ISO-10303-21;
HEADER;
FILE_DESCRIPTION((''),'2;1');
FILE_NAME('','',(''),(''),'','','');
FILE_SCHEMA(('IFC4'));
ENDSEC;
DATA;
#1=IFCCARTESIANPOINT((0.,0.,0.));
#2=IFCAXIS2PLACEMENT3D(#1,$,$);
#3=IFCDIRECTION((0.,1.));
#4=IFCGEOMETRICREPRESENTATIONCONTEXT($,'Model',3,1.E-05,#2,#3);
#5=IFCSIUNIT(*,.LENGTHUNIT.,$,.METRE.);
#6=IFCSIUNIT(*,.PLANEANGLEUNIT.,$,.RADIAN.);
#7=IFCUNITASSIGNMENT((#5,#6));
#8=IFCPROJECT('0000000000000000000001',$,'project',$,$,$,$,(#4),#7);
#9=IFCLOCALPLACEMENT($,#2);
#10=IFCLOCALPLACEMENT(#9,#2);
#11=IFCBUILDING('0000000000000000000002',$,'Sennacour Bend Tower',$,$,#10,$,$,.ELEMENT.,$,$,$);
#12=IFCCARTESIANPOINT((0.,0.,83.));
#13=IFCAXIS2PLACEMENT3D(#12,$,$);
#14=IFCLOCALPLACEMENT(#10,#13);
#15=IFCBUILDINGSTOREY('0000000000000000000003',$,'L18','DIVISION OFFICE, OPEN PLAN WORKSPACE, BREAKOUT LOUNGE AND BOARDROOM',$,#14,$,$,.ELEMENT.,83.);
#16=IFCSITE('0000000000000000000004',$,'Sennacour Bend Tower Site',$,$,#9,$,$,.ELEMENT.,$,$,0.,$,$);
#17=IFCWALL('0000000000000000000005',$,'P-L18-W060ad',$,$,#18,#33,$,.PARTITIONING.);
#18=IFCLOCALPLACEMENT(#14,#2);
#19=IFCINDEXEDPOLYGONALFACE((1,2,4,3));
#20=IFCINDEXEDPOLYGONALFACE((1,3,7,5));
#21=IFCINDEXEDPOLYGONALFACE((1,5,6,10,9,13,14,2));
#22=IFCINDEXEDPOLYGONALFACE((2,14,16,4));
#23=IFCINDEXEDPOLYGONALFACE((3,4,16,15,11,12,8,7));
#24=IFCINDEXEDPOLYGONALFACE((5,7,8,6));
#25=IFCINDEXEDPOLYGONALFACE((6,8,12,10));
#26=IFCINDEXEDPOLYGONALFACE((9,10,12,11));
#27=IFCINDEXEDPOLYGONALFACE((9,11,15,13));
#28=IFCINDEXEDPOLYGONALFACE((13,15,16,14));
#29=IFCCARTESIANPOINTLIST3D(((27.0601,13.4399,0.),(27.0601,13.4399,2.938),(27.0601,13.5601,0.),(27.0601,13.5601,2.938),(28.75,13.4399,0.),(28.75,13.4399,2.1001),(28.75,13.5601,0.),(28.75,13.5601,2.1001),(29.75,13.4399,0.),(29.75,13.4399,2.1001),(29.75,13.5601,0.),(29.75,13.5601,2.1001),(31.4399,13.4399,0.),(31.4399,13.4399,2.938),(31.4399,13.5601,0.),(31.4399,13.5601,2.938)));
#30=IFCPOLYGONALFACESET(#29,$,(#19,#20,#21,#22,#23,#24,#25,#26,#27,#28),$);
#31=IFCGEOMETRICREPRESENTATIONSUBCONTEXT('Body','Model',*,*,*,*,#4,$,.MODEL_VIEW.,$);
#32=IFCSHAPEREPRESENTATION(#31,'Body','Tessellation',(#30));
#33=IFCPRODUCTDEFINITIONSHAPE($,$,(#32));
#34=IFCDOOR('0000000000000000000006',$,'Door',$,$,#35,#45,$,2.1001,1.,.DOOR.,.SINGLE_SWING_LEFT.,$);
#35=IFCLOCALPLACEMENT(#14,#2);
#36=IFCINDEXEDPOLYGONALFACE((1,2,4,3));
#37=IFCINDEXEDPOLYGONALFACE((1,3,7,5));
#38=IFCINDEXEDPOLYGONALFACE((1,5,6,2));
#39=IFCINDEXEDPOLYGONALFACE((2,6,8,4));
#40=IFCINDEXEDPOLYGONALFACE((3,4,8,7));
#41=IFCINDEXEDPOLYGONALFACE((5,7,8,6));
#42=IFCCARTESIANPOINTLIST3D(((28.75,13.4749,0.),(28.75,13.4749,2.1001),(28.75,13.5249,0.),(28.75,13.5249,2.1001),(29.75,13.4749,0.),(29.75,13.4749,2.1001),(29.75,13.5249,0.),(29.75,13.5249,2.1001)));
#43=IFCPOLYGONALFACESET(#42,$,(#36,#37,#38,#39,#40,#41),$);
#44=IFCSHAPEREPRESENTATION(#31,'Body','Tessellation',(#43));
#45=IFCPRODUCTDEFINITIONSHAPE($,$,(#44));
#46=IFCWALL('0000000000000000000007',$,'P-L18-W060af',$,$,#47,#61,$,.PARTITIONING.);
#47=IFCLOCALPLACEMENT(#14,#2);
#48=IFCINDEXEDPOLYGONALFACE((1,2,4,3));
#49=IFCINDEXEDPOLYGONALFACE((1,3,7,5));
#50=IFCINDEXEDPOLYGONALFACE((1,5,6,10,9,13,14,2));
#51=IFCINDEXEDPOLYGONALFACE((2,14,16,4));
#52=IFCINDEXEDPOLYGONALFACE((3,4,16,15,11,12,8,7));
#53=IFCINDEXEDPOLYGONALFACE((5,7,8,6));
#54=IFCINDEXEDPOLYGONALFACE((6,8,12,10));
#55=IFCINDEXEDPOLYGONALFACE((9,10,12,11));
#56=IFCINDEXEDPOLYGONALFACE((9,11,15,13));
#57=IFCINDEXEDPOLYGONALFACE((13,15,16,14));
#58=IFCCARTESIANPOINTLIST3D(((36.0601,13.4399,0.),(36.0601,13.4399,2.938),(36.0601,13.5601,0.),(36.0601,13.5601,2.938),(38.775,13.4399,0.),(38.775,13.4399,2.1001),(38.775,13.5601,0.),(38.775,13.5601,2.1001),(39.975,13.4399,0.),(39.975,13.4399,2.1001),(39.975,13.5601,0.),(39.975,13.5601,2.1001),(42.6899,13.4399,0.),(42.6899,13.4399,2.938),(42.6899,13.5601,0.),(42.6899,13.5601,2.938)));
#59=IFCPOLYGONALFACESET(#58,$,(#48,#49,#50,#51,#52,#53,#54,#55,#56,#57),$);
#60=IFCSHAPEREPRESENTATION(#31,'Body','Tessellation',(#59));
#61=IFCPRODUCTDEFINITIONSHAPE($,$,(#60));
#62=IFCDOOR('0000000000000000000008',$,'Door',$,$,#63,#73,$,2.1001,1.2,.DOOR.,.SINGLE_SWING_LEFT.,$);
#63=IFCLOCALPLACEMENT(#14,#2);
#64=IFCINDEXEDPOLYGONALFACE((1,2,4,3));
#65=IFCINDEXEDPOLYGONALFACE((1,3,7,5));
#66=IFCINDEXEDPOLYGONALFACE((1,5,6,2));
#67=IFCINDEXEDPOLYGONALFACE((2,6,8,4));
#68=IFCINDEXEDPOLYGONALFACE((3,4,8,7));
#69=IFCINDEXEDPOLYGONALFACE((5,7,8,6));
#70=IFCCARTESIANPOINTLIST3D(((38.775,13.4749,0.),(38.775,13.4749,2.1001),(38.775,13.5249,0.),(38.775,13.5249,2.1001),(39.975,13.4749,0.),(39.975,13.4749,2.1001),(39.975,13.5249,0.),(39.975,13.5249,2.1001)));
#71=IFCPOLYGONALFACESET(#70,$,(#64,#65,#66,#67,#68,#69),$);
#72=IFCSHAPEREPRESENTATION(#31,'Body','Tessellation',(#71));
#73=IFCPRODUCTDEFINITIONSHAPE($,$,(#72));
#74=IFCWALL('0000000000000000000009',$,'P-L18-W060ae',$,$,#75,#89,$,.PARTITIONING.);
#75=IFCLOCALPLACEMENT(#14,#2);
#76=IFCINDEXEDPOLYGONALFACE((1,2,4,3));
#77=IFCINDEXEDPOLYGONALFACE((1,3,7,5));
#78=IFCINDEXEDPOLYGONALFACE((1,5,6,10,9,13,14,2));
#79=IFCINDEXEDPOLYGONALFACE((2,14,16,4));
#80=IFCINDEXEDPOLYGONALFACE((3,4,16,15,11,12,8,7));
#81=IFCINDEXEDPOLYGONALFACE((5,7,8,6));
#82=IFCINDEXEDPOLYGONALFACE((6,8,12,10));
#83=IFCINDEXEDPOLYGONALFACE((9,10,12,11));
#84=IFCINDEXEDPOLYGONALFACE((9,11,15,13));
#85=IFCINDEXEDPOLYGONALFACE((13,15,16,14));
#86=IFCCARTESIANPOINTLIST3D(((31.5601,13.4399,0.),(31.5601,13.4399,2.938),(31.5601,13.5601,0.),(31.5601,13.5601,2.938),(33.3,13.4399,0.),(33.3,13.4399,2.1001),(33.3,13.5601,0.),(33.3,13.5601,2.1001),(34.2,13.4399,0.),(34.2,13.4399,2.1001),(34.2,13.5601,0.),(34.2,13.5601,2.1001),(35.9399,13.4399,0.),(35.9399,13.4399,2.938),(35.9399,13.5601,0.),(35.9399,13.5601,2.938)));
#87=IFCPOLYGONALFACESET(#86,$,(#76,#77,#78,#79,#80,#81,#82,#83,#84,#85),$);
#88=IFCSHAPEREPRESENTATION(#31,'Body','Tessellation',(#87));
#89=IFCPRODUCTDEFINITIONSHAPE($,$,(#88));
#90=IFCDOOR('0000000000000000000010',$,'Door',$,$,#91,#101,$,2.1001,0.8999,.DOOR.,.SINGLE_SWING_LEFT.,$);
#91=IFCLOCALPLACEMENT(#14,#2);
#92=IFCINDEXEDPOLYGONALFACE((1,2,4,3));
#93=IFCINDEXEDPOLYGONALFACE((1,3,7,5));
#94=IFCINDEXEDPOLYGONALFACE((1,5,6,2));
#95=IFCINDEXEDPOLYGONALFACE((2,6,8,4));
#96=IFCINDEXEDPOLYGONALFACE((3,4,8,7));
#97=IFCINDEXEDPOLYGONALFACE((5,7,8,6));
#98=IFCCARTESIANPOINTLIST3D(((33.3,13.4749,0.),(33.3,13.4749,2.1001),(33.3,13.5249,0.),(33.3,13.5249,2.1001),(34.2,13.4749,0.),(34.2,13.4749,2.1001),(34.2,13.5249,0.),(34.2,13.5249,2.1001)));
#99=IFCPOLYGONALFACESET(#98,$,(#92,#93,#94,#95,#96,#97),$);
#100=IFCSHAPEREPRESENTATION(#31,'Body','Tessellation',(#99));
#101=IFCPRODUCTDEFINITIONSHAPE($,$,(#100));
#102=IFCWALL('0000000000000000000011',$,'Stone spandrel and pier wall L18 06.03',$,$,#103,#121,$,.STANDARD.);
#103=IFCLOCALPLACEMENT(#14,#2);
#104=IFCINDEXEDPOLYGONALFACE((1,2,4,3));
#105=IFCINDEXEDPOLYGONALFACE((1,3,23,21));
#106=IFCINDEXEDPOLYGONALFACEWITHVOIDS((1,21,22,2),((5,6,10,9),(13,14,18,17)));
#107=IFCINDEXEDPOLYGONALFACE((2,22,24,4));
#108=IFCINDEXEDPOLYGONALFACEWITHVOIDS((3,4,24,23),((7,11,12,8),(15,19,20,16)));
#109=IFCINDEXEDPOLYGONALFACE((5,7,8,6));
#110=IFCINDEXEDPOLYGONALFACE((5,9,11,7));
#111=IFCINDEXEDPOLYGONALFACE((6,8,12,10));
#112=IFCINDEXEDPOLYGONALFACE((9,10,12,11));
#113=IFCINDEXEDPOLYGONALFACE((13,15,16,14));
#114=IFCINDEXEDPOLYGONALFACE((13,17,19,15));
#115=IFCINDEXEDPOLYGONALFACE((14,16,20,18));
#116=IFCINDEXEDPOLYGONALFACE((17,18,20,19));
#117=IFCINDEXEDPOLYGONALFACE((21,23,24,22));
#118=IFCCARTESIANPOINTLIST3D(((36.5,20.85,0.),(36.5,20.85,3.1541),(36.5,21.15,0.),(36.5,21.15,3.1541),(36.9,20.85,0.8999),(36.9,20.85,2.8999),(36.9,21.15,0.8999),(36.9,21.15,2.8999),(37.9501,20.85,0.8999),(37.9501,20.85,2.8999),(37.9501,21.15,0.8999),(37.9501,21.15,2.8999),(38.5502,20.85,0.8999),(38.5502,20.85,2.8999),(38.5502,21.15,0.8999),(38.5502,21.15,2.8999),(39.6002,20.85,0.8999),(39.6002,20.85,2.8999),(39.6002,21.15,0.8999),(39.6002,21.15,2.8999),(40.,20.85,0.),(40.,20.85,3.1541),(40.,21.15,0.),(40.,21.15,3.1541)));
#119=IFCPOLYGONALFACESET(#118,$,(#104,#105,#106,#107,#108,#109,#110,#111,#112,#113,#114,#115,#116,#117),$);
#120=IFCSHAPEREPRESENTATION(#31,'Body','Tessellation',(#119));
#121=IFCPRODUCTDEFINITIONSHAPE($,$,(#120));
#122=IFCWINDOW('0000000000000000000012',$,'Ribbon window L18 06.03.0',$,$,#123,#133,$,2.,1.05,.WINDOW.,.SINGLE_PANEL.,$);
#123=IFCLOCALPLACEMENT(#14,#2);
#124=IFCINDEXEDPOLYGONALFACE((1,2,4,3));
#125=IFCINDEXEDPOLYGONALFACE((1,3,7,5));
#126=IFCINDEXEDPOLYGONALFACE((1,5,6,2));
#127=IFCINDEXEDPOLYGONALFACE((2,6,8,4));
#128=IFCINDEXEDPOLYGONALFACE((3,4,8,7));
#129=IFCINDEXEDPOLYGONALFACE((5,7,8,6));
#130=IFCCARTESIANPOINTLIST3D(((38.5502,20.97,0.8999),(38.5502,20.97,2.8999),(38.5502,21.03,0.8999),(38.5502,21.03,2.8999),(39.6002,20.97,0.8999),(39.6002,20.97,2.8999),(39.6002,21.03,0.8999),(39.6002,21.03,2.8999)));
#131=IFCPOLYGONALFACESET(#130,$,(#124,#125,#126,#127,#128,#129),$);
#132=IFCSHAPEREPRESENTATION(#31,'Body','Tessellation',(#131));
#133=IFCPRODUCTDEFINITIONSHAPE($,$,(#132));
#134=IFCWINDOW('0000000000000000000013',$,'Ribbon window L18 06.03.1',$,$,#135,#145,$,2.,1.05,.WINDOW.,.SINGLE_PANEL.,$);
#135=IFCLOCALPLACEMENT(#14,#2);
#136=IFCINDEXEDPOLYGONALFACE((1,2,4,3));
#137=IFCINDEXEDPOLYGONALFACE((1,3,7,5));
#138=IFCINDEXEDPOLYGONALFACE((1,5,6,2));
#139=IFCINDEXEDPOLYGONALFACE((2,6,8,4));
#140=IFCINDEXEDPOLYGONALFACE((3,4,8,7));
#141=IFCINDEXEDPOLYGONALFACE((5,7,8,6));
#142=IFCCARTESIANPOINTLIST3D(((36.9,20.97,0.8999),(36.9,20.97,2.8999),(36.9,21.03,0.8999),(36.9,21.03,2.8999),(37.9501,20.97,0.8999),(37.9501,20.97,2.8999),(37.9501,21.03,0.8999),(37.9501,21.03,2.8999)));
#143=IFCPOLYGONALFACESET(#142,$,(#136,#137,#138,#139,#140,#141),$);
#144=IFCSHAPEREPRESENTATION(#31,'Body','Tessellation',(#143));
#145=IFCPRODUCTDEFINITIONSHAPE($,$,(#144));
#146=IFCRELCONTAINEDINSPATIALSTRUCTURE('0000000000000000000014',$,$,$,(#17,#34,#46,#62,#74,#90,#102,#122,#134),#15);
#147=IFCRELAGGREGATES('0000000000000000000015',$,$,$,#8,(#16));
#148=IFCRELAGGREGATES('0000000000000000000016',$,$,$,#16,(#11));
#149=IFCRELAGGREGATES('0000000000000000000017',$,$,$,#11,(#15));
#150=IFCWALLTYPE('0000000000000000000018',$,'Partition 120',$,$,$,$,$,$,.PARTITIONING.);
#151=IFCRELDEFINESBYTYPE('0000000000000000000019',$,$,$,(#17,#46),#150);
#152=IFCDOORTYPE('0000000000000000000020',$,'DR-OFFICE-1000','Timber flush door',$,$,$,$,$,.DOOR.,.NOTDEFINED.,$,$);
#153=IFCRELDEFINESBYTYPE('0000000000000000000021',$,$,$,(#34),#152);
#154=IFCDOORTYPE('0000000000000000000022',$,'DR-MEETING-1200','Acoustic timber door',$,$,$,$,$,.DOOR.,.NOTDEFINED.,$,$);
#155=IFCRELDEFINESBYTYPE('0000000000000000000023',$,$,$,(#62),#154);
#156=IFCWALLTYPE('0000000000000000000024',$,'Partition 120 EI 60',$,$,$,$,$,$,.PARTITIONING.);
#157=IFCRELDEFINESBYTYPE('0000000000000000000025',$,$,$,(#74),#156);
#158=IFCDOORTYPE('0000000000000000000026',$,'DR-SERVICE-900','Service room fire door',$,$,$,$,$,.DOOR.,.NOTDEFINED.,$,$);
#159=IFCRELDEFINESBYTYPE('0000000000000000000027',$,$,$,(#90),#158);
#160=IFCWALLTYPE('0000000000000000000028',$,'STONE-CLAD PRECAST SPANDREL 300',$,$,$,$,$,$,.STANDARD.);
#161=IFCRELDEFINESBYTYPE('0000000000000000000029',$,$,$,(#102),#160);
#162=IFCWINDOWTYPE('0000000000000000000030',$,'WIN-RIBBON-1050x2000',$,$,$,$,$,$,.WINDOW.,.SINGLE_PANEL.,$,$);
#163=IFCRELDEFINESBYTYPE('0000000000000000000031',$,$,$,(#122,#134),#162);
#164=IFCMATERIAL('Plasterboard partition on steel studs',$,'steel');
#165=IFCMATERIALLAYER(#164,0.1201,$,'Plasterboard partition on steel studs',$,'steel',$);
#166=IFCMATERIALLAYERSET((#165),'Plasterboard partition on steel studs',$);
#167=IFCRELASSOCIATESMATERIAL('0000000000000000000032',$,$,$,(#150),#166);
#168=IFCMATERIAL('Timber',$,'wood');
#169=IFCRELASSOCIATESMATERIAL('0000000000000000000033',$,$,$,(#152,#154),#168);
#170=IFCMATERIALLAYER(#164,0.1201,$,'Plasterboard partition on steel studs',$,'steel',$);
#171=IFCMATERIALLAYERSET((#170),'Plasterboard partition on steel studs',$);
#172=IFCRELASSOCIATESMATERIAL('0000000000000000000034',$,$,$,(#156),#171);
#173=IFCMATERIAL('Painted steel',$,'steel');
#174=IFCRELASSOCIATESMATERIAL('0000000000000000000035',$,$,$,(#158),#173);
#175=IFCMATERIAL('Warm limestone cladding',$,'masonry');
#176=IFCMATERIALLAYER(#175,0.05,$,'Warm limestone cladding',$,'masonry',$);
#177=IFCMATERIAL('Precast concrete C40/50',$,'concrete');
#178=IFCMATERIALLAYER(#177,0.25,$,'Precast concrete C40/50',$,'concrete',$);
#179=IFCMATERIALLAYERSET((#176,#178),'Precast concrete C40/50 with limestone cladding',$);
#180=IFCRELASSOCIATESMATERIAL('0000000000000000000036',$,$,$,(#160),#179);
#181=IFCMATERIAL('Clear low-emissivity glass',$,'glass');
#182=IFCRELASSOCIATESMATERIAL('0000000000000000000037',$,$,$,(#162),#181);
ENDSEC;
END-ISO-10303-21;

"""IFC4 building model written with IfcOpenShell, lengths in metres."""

from ifc_helpers import new_model, si_unit, direction, frame, frame_2d, origin, place, context, subcontext, project, spatial, rectangle, extrude, material, layer, layer_set, type_object, element, fill, save


model = new_model("IFC4")

# Units and contexts
model_context = context("Model", 3, precision=1e-05, world=origin(), true_north=direction((0.0, 1.0)))
body_context = subcontext(model_context, "Body", "Model", "MODEL_VIEW")
ifc_project = project(units=[si_unit("LENGTHUNIT", "METRE"), si_unit("PLANEANGLEUNIT", "RADIAN")], contexts=[model_context])

# Site, building, storey
site_placement = place(None, origin())
site = spatial("IfcSite", under=ifc_project, at=site_placement, Name="Sennacour Bend Tower Site", CompositionType="ELEMENT", RefElevation=0.0)
building_placement = place(site_placement, origin())
building = spatial("IfcBuilding", under=site, at=building_placement, Name="Sennacour Bend Tower", CompositionType="ELEMENT")
storey_placement = place(building_placement, frame((0.0, 0.0, 83.0)))
storey = spatial("IfcBuildingStorey", under=building, at=storey_placement, Name="L18", Description="DIVISION OFFICE, OPEN PLAN WORKSPACE, BREAKOUT LOUNGE AND BOARDROOM", CompositionType="ELEMENT", Elevation=83.0)

# Shared definitions
ifc_material_1 = material(Name="Plasterboard partition on steel studs", Category="steel")
ifc_layer_1 = layer(ifc_material_1, 0.1201, Name="Plasterboard partition on steel studs", Category="steel")
ifc_layer_set_1 = layer_set([ifc_layer_1], Name="Plasterboard partition on steel studs")
wall_type_1 = type_object("IfcWallType", Name="Partition 120", PredefinedType="PARTITIONING", material=ifc_layer_set_1)

# Walls, openings, doors
ifc_material_2 = material(Name="Timber", Category="wood")
wall_1_placement = place(storey_placement, frame((27.0601, 13.5, 0.0), z_axis=(0.0, 0.0, 1.0), x_axis=(1.0, 0.0, 0.0)))
wall_1 = element("IfcWall", 1, at=wall_1_placement, inside=storey, type_object=wall_type_1, Name="P-L18-W060ad", PredefinedType="PARTITIONING", context=body_context, shape_type="SweptSolid", body=[
    extrude(rectangle(XDim=4.3799, YDim=0.1201, at=frame_2d((2.1899, 0.0))), origin(), (0.0, 0.0, 1.0), 2.938),
])
opening_1_placement = place(wall_1_placement, frame((1.6899, 0.0, 0.0)))
opening_1 = element("IfcOpeningElement", 2, at=opening_1_placement, cuts=wall_1, PredefinedType="OPENING", context=body_context, shape_type="SweptSolid", body=[
    extrude(rectangle(XDim=1.0, YDim=2.1001, at=frame_2d((0.5, 1.05))), frame((0.0, 0.0701, 0.0), z_axis=(0.0, -1.0, 0.0), x_axis=(1.0, 0.0, 0.0)), (0.0, 0.0, 1.0), 0.1401),
])
door_type_1 = type_object("IfcDoorType", Name="DR-OFFICE-1000", Description="Timber flush door", OperationType="NOTDEFINED", PredefinedType="DOOR", material=ifc_material_2)
door_1_placement = place(opening_1_placement, origin())
door_1 = element("IfcDoor", 3, at=door_1_placement, inside=storey, type_object=door_type_1, Name="Door", OperationType="SINGLE_SWING_LEFT", OverallHeight=2.1001, OverallWidth=1.0, PredefinedType="DOOR", context=body_context, shape_type="SweptSolid", body=[
    extrude(rectangle(XDim=1.0, YDim=2.1001, at=frame_2d((0.5, 1.05))), frame((0.0, 0.0249, 0.0), z_axis=(0.0, -1.0, 0.0), x_axis=(1.0, 0.0, 0.0)), (0.0, 0.0, 1.0), 0.05),
])
fill(opening_1, door_1)
wall_2_placement = place(storey_placement, frame((36.0601, 13.5, 0.0), z_axis=(0.0, 0.0, 1.0), x_axis=(1.0, 0.0, 0.0)))
wall_2 = element("IfcWall", 4, at=wall_2_placement, inside=storey, type_object=wall_type_1, Name="P-L18-W060af", PredefinedType="PARTITIONING", context=body_context, shape_type="SweptSolid", body=[
    extrude(rectangle(XDim=6.6299, YDim=0.1201, at=frame_2d((3.3149, 0.0))), origin(), (0.0, 0.0, 1.0), 2.938),
])
opening_2_placement = place(wall_2_placement, frame((2.7148, 0.0, 0.0)))
opening_2 = element("IfcOpeningElement", 5, at=opening_2_placement, cuts=wall_2, PredefinedType="OPENING", context=body_context, shape_type="SweptSolid", body=[
    extrude(rectangle(XDim=1.2, YDim=2.1001, at=frame_2d((0.6001, 1.05))), frame((0.0, 0.0701, 0.0), z_axis=(0.0, -1.0, 0.0), x_axis=(1.0, 0.0, 0.0)), (0.0, 0.0, 1.0), 0.1401),
])
door_type_2 = type_object("IfcDoorType", Name="DR-MEETING-1200", Description="Acoustic timber door", OperationType="NOTDEFINED", PredefinedType="DOOR", material=ifc_material_2)
door_2_placement = place(opening_2_placement, origin())
door_2 = element("IfcDoor", 6, at=door_2_placement, inside=storey, type_object=door_type_2, Name="Door", OperationType="SINGLE_SWING_LEFT", OverallHeight=2.1001, OverallWidth=1.2, PredefinedType="DOOR", context=body_context, shape_type="SweptSolid", body=[
    extrude(rectangle(XDim=1.2, YDim=2.1001, at=frame_2d((0.6001, 1.05))), frame((0.0, 0.0249, 0.0), z_axis=(0.0, -1.0, 0.0), x_axis=(1.0, 0.0, 0.0)), (0.0, 0.0, 1.0), 0.05),
])
fill(opening_2, door_2)
ifc_layer_2 = layer(ifc_material_1, 0.1201, Name="Plasterboard partition on steel studs", Category="steel")
ifc_layer_set_2 = layer_set([ifc_layer_2], Name="Plasterboard partition on steel studs")
wall_type_2 = type_object("IfcWallType", Name="Partition 120 EI 60", PredefinedType="PARTITIONING", material=ifc_layer_set_2)
wall_3_placement = place(storey_placement, frame((31.5601, 13.5, 0.0), z_axis=(0.0, 0.0, 1.0), x_axis=(1.0, 0.0, 0.0)))
wall_3 = element("IfcWall", 7, at=wall_3_placement, inside=storey, type_object=wall_type_2, Name="P-L18-W060ae", PredefinedType="PARTITIONING", context=body_context, shape_type="SweptSolid", body=[
    extrude(rectangle(XDim=4.3799, YDim=0.1201, at=frame_2d((2.1899, 0.0))), origin(), (0.0, 0.0, 1.0), 2.938),
])
opening_3_placement = place(wall_3_placement, frame((1.74, 0.0, 0.0)))
opening_3 = element("IfcOpeningElement", 8, at=opening_3_placement, cuts=wall_3, PredefinedType="OPENING", context=body_context, shape_type="SweptSolid", body=[
    extrude(rectangle(XDim=0.8999, YDim=2.1001, at=frame_2d((0.45, 1.05))), frame((0.0, 0.0701, 0.0), z_axis=(0.0, -1.0, 0.0), x_axis=(1.0, 0.0, 0.0)), (0.0, 0.0, 1.0), 0.1401),
])
ifc_material_3 = material(Name="Painted steel", Category="steel")
door_type_3 = type_object("IfcDoorType", Name="DR-SERVICE-900", Description="Service room fire door", OperationType="NOTDEFINED", PredefinedType="DOOR", material=ifc_material_3)
door_3_placement = place(opening_3_placement, origin())
door_3 = element("IfcDoor", 9, at=door_3_placement, inside=storey, type_object=door_type_3, Name="Door", OperationType="SINGLE_SWING_LEFT", OverallHeight=2.1001, OverallWidth=0.8999, PredefinedType="DOOR", context=body_context, shape_type="SweptSolid", body=[
    extrude(rectangle(XDim=0.8999, YDim=2.1001, at=frame_2d((0.45, 1.05))), frame((0.0, 0.0249, 0.0), z_axis=(0.0, -1.0, 0.0), x_axis=(1.0, 0.0, 0.0)), (0.0, 0.0, 1.0), 0.05),
])
fill(opening_3, door_3)

# Wall, openings, windows
ifc_material_4 = material(Name="Warm limestone cladding", Category="masonry")
ifc_layer_3 = layer(ifc_material_4, 0.05, Name="Warm limestone cladding", Category="masonry")
ifc_material_5 = material(Name="Precast concrete C40/50", Category="concrete")
ifc_layer_4 = layer(ifc_material_5, 0.25, Name="Precast concrete C40/50", Category="concrete")
ifc_layer_set_3 = layer_set([ifc_layer_3, ifc_layer_4], Name="Precast concrete C40/50 with limestone cladding")
wall_type_3 = type_object("IfcWallType", Name="STONE-CLAD PRECAST SPANDREL 300", PredefinedType="STANDARD", material=ifc_layer_set_3)
wall_4_placement = place(storey_placement, frame((40.0, 21.0, 0.0), z_axis=(0.0, 0.0, 1.0), x_axis=(-1.0, 0.0, 0.0)))
wall_4 = element("IfcWall", 10, at=wall_4_placement, inside=storey, type_object=wall_type_3, Name="Stone spandrel and pier wall L18 06.03", PredefinedType="STANDARD", context=body_context, shape_type="SweptSolid", body=[
    extrude(rectangle(XDim=3.5, YDim=0.3, at=frame_2d((1.75, 0.0))), origin(), (0.0, 0.0, 1.0), 3.1541),
])
opening_4_placement = place(wall_4_placement, frame((0.3999, 0.0, 0.8999)))
opening_4 = element("IfcOpeningElement", 11, at=opening_4_placement, cuts=wall_4, PredefinedType="OPENING", context=body_context, shape_type="SweptSolid", body=[
    extrude(rectangle(XDim=1.05, YDim=2.0, at=frame_2d((0.5249, 1.0))), frame((0.0, 0.1602, 0.0), z_axis=(0.0, -1.0, 0.0), x_axis=(1.0, 0.0, 0.0)), (0.0, 0.0, 1.0), 0.3201),
])
opening_5_placement = place(wall_4_placement, frame((2.05, 0.0, 0.8999)))
opening_5 = element("IfcOpeningElement", 12, at=opening_5_placement, cuts=wall_4, PredefinedType="OPENING", context=body_context, shape_type="SweptSolid", body=[
    extrude(rectangle(XDim=1.05, YDim=2.0, at=frame_2d((0.5249, 1.0))), frame((0.0, 0.1602, 0.0), z_axis=(0.0, -1.0, 0.0), x_axis=(1.0, 0.0, 0.0)), (0.0, 0.0, 1.0), 0.3201),
])
ifc_material_6 = material(Name="Clear low-emissivity glass", Category="glass")
window_type_1 = type_object("IfcWindowType", Name="WIN-RIBBON-1050x2000", PartitioningType="SINGLE_PANEL", PredefinedType="WINDOW", material=ifc_material_6)
window_1_placement = place(opening_4_placement, origin())
window_1 = element("IfcWindow", 13, at=window_1_placement, inside=storey, type_object=window_type_1, Name="Ribbon window L18 06.03.0", OverallHeight=2.0, OverallWidth=1.05, PartitioningType="SINGLE_PANEL", PredefinedType="WINDOW", context=body_context, shape_type="SweptSolid", body=[
    extrude(rectangle(XDim=1.05, YDim=2.0, at=frame_2d((0.5249, 1.0))), frame((0.0, 0.03, 0.0), z_axis=(0.0, -1.0, 0.0), x_axis=(1.0, 0.0, 0.0)), (0.0, 0.0, 1.0), 0.0601),
])
fill(opening_4, window_1)
window_2_placement = place(opening_5_placement, origin())
window_2 = element("IfcWindow", 14, at=window_2_placement, inside=storey, type_object=window_type_1, Name="Ribbon window L18 06.03.1", OverallHeight=2.0, OverallWidth=1.05, PartitioningType="SINGLE_PANEL", PredefinedType="WINDOW", context=body_context, shape_type="SweptSolid", body=[
    extrude(rectangle(XDim=1.05, YDim=2.0, at=frame_2d((0.5249, 1.0))), frame((0.0, 0.03, 0.0), z_axis=(0.0, -1.0, 0.0), x_axis=(1.0, 0.0, 0.0)), (0.0, 0.0, 1.0), 0.0601),
])
fill(opening_5, window_2)

save(model, "model.ifc")
